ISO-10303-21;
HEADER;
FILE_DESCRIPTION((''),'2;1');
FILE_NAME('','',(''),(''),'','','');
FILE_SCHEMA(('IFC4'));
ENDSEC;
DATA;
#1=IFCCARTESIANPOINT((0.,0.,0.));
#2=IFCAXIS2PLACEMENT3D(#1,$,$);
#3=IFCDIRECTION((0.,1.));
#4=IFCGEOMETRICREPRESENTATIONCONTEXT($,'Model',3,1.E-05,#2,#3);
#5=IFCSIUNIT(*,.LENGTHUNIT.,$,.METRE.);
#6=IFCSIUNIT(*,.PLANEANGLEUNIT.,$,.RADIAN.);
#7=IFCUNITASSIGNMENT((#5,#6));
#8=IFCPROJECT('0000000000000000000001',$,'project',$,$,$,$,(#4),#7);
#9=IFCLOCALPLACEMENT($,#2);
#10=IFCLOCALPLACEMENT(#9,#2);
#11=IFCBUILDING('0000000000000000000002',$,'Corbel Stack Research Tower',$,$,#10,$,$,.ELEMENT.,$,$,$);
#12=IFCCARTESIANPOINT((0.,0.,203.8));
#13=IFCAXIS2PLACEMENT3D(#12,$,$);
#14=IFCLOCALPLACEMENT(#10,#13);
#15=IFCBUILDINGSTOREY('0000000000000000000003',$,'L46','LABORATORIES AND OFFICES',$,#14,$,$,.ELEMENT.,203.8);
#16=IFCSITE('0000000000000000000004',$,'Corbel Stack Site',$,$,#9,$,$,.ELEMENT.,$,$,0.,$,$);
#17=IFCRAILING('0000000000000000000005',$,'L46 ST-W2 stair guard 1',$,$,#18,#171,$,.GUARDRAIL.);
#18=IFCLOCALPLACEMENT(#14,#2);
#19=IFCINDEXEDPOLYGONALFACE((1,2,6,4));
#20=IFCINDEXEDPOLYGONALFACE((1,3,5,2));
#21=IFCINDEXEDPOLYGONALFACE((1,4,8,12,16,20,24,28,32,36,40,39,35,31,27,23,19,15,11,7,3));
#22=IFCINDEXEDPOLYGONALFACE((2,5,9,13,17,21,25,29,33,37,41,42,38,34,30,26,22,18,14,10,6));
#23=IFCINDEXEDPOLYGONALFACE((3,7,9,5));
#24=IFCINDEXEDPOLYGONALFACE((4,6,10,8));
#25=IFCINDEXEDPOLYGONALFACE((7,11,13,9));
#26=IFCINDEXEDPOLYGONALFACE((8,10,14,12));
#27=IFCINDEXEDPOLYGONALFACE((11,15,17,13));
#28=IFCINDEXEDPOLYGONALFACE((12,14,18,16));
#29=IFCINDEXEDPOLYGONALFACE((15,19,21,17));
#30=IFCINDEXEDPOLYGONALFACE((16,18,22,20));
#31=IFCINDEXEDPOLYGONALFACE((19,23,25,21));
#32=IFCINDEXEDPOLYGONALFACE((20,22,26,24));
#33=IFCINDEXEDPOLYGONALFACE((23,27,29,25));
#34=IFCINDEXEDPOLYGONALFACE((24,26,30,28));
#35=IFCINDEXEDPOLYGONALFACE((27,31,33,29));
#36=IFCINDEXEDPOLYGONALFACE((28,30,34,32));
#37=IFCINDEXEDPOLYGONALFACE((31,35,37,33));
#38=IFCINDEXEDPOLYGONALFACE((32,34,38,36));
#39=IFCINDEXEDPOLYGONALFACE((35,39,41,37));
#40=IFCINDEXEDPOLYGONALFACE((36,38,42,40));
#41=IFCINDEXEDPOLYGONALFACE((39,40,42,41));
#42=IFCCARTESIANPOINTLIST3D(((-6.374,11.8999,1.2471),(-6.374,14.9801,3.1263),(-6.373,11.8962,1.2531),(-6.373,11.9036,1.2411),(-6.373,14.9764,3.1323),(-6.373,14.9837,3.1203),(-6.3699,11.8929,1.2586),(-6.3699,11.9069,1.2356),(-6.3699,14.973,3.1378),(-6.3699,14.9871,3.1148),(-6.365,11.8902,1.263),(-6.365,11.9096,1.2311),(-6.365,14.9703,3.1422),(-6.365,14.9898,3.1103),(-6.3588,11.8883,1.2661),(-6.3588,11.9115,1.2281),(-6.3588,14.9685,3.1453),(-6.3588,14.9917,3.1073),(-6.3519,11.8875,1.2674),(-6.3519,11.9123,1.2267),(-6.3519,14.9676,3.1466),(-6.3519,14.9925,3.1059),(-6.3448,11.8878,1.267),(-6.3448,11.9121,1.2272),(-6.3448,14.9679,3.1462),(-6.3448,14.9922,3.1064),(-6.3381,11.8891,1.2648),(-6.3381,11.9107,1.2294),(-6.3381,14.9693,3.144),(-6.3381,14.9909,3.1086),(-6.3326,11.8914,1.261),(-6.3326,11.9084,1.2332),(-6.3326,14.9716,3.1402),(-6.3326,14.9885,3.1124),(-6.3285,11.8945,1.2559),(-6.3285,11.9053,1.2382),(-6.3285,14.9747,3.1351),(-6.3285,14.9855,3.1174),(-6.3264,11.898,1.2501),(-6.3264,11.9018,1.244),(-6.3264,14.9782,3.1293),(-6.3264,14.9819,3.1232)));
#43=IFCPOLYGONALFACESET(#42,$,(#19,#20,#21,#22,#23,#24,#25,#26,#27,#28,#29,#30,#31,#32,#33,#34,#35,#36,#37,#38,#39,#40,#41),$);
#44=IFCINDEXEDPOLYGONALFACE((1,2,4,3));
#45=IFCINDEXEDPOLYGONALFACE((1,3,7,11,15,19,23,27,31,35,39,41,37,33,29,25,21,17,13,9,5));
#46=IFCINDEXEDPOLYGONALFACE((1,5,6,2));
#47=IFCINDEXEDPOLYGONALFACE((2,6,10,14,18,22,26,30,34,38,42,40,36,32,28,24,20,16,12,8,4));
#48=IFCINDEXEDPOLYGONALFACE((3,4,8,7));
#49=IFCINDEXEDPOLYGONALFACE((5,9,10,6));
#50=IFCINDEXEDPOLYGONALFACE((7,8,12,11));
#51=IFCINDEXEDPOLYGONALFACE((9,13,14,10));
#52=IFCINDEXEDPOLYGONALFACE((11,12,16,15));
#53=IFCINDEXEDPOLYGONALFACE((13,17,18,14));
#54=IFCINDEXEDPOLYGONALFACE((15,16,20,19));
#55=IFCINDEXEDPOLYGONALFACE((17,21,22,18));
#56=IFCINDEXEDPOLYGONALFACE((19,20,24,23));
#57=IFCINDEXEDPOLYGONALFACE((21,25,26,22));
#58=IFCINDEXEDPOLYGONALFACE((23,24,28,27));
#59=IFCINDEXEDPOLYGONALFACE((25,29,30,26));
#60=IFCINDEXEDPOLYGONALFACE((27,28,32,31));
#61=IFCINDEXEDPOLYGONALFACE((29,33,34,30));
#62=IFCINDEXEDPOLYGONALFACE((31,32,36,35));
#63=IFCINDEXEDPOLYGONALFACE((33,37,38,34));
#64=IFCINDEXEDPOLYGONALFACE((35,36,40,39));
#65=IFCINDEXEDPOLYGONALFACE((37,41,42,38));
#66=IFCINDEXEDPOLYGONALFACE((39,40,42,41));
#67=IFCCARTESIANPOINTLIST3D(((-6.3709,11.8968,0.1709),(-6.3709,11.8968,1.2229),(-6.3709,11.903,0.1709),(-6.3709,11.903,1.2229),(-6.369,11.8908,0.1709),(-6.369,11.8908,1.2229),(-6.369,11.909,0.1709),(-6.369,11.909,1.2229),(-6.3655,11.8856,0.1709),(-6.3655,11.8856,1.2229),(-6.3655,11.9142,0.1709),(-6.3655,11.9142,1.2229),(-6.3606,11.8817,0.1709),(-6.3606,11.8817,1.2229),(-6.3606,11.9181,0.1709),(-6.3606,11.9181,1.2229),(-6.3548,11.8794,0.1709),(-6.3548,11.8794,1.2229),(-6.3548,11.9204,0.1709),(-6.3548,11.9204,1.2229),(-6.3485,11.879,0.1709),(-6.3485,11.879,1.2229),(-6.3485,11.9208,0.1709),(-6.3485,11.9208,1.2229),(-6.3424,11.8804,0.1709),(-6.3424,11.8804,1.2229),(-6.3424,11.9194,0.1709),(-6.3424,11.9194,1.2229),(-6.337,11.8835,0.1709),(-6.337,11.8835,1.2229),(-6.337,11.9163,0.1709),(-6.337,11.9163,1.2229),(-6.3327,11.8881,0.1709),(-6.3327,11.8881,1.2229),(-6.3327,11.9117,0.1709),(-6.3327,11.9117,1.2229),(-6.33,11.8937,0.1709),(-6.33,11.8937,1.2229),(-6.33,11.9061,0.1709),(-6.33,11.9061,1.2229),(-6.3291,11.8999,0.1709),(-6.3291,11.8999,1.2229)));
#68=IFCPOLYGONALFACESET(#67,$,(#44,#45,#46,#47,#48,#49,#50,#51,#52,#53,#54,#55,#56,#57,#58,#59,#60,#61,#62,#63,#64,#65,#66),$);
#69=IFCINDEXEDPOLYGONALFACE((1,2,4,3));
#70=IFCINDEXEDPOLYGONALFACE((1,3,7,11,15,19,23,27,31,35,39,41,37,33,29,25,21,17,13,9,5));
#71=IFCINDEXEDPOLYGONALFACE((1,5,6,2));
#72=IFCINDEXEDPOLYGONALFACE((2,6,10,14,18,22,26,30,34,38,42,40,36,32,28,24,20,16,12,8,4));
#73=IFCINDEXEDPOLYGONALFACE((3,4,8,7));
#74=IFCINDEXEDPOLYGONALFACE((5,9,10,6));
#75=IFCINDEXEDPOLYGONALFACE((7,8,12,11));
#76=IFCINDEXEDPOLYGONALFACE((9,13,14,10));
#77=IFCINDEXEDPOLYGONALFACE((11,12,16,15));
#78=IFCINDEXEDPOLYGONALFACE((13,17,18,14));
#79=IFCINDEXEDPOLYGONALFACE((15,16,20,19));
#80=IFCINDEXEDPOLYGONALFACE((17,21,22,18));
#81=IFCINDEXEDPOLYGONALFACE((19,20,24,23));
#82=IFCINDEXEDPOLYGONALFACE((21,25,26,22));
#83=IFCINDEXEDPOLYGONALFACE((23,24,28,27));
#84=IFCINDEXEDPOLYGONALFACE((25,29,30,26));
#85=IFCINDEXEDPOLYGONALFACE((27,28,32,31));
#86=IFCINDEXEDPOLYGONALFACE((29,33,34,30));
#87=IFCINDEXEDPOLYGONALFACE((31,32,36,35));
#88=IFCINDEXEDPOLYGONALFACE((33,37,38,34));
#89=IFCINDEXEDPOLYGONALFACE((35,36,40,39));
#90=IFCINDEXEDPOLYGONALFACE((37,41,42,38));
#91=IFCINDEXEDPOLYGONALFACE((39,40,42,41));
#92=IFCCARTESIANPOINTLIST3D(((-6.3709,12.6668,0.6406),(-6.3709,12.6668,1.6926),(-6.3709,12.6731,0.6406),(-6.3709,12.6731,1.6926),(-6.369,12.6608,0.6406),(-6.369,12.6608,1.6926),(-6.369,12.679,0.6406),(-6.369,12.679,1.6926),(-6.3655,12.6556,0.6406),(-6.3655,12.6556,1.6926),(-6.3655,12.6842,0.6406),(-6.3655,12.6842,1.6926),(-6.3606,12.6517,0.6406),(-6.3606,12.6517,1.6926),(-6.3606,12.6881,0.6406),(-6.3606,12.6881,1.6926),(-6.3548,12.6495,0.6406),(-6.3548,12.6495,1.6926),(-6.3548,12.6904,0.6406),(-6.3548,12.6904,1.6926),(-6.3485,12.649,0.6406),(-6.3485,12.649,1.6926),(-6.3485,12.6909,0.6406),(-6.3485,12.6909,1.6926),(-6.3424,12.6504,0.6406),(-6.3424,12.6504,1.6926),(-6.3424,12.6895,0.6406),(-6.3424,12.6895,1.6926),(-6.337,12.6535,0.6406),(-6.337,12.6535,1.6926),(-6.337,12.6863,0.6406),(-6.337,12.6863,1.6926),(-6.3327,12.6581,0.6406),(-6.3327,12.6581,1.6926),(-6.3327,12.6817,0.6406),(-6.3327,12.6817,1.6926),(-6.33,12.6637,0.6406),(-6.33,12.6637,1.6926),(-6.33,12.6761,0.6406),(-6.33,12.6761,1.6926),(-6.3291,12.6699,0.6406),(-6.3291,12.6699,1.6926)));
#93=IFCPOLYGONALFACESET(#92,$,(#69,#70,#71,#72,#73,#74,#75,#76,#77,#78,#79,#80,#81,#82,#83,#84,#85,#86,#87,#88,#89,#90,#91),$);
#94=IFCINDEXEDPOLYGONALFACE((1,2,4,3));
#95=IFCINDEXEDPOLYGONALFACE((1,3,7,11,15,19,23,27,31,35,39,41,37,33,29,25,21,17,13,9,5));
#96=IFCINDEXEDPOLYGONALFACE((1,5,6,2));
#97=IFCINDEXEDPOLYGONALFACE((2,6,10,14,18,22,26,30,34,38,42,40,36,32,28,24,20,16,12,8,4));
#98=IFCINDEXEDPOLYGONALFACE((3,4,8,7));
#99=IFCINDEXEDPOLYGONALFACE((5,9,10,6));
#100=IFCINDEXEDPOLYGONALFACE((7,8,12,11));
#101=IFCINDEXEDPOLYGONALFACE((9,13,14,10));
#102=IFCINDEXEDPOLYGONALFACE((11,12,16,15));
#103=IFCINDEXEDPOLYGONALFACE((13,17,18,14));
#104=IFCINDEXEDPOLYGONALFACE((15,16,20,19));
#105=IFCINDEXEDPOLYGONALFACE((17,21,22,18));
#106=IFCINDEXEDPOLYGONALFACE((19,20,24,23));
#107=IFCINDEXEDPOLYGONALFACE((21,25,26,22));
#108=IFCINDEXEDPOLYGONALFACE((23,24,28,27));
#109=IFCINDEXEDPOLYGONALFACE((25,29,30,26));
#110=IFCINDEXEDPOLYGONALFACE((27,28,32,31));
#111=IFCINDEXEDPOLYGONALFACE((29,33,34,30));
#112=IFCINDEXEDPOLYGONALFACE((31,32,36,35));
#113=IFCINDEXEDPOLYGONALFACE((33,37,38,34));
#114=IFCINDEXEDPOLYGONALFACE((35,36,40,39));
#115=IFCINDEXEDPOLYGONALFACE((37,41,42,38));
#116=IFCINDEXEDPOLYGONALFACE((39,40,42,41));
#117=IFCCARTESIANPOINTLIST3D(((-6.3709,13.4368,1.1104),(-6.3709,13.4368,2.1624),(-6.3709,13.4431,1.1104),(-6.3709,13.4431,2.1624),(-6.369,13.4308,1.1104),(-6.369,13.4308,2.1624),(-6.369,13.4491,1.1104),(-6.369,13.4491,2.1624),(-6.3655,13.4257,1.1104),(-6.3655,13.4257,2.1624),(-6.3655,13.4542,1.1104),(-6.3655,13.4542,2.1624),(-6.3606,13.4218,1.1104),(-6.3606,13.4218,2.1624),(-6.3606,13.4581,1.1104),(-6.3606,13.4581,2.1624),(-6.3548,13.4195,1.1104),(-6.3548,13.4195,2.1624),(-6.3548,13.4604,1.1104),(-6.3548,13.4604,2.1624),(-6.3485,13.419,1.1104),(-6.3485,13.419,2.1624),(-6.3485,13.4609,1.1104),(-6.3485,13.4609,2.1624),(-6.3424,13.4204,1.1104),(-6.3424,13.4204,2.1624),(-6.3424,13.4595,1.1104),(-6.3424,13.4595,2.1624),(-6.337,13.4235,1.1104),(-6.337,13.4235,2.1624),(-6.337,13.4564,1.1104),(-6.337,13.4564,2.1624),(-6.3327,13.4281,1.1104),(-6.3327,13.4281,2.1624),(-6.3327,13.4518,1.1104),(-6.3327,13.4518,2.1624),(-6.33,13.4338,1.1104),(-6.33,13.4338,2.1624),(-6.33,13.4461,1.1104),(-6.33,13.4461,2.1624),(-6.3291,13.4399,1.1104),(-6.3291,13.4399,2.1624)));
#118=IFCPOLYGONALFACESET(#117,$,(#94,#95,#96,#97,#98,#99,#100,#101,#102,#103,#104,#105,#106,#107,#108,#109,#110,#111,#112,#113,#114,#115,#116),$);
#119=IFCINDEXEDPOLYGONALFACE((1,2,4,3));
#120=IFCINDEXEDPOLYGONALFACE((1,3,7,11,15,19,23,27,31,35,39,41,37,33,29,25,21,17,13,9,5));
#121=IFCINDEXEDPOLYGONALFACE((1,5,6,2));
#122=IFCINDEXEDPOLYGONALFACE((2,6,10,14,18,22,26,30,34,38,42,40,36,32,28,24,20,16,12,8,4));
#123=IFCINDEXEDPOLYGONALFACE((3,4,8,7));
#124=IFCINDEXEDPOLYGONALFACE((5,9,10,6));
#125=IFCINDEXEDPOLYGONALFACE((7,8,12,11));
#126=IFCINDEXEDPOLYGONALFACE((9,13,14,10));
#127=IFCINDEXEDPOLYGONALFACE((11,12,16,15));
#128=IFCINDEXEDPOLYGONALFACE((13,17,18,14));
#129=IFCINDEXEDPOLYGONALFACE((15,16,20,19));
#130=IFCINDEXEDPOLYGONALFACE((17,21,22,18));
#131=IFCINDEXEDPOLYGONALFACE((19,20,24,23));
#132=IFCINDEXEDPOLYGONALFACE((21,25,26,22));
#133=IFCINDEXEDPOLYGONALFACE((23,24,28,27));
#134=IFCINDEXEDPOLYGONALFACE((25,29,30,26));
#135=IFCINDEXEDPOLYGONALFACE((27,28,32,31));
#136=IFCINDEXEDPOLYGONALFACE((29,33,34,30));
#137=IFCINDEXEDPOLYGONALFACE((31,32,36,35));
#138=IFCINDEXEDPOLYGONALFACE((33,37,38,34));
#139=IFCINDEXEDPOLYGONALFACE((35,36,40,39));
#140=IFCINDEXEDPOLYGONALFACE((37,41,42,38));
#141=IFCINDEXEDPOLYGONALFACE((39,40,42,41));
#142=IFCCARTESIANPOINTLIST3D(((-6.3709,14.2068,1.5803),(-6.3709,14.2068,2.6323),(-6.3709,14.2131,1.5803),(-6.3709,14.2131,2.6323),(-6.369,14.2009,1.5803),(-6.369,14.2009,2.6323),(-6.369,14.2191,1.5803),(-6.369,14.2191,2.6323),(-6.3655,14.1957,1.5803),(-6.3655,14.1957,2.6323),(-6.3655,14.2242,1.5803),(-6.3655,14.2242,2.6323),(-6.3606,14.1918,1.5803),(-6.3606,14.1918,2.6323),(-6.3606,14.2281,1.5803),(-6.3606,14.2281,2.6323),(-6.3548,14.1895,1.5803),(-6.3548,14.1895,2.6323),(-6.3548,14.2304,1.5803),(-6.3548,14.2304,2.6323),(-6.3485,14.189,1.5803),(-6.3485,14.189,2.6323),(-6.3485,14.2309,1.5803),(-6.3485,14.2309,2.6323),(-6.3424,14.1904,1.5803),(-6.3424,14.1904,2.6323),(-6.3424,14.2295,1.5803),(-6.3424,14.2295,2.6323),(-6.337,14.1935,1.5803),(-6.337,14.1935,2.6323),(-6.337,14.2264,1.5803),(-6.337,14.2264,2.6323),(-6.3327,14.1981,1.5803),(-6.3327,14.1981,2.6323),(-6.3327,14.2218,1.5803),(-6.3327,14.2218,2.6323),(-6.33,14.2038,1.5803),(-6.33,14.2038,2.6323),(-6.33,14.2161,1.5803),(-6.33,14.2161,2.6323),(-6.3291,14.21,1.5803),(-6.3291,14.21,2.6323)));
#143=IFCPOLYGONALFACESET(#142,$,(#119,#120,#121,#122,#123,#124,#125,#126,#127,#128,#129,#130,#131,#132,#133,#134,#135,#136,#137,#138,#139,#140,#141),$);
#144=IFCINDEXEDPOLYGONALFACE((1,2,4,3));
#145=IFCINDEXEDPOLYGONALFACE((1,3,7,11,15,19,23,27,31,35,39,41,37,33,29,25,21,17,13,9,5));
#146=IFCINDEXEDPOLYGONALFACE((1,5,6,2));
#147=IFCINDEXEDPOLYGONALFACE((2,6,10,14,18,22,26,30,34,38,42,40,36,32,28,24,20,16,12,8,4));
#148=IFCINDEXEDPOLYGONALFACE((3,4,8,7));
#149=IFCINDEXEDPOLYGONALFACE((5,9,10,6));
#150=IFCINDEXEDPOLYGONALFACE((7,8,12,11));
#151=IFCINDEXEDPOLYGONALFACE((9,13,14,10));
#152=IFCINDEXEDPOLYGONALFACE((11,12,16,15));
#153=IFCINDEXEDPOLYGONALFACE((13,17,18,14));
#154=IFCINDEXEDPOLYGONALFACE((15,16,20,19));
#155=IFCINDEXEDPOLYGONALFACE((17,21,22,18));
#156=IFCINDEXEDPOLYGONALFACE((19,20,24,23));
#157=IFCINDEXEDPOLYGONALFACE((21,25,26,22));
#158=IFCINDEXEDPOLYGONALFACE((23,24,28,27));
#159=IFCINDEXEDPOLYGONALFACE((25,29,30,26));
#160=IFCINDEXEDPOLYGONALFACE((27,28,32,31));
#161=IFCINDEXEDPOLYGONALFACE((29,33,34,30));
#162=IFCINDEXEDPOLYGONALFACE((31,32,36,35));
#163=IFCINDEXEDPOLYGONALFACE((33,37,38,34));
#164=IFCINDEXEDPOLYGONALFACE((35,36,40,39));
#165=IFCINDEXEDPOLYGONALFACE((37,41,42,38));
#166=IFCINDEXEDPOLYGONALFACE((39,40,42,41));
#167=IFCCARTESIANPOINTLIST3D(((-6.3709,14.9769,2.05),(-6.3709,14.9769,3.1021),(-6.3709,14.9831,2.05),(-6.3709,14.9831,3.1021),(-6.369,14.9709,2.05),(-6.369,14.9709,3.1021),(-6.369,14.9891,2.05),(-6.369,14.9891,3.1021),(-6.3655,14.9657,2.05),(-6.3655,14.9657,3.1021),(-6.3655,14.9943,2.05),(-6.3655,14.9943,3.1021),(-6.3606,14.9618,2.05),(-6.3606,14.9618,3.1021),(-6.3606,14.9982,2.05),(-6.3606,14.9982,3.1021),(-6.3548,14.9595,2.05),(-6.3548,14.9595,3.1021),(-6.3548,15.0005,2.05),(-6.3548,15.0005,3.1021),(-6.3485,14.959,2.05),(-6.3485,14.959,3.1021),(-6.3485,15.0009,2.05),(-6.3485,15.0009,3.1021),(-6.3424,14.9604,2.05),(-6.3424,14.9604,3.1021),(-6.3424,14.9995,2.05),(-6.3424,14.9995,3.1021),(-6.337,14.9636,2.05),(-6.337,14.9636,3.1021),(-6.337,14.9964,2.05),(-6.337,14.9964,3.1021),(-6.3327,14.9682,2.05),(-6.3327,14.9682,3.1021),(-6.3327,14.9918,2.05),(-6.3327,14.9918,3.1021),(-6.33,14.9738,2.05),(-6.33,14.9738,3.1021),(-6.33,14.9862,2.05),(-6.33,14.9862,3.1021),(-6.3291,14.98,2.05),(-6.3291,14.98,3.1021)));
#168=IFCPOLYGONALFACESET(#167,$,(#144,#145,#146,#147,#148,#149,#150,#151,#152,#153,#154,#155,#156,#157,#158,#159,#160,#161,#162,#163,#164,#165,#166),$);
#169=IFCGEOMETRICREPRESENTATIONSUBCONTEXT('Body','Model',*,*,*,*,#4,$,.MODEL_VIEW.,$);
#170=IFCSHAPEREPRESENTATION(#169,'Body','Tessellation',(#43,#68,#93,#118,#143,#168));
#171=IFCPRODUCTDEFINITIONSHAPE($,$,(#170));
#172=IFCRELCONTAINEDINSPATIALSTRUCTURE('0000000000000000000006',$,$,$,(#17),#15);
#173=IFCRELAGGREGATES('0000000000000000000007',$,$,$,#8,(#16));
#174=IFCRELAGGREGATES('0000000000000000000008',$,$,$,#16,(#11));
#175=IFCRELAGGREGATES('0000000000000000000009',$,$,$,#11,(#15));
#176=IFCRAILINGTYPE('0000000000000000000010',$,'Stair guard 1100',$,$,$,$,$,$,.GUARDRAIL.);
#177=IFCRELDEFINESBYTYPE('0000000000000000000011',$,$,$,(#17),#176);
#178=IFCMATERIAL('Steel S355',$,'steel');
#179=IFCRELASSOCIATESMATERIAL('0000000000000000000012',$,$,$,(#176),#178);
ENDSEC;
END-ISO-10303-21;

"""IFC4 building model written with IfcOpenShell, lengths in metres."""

from ifc_helpers import new_model, si_unit, direction, frame, origin, origin_2d, place, context, subcontext, project, spatial, circle, extrude, material, type_object, element, save


model = new_model("IFC4")

# Units and contexts
model_context = context("Model", 3, precision=1e-05, world=origin(), true_north=direction((0.0, 1.0)))
body_context = subcontext(model_context, "Body", "Model", "MODEL_VIEW")
ifc_project = project(units=[si_unit("LENGTHUNIT", "METRE"), si_unit("PLANEANGLEUNIT", "RADIAN")], contexts=[model_context])

# Site, building, storey
site_placement = place(None, origin())
site = spatial("IfcSite", under=ifc_project, at=site_placement, Name="Corbel Stack Site", CompositionType="ELEMENT", RefElevation=0.0)
building_placement = place(site_placement, origin())
building = spatial("IfcBuilding", under=site, at=building_placement, Name="Corbel Stack Research Tower", CompositionType="ELEMENT")
storey_placement = place(building_placement, frame((0.0, 0.0, 203.8)))
storey = spatial("IfcBuildingStorey", under=building, at=storey_placement, Name="L46", Description="LABORATORIES AND OFFICES", CompositionType="ELEMENT", Elevation=203.8)

# Railing
ifc_material_1 = material(Name="Steel S355", Category="steel")
railing_type_1 = type_object("IfcRailingType", Name="Stair guard 1100", PredefinedType="GUARDRAIL", material=ifc_material_1)
railing_1_placement = place(storey_placement, frame((-6.3501, 11.8999, 0.1709)))
element("IfcRailing", 1, at=railing_1_placement, inside=storey, type_object=railing_type_1, Name="L46 ST-W2 stair guard 1", PredefinedType="GUARDRAIL", context=body_context, shape_type="SweptSolid", body=[
    extrude(circle(Radius=0.0239, at=origin_2d()), frame((0.0, 0.0, 1.0762), z_axis=(0.0, 0.853666, 0.52082), x_axis=(-1.0, 0.0, 0.0)), (0.0, 0.0, 1.0), 3.6082),
    extrude(circle(Radius=0.021, at=origin_2d()), origin(), (0.0, 0.0, 1.0), 1.052),
    extrude(circle(Radius=0.021, at=origin_2d()), frame((0.0, 0.77, 0.4697)), (0.0, 0.0, 1.0), 1.052),
    extrude(circle(Radius=0.021, at=origin_2d()), frame((0.0, 1.54, 0.9395)), (0.0, 0.0, 1.0), 1.052),
    extrude(circle(Radius=0.021, at=origin_2d()), frame((0.0, 2.3101, 1.4094)), (0.0, 0.0, 1.0), 1.052),
    extrude(circle(Radius=0.021, at=origin_2d()), frame((0.0, 3.0801, 1.8792)), (0.0, 0.0, 1.0), 1.052),
])

save(model, "model.ifc")
